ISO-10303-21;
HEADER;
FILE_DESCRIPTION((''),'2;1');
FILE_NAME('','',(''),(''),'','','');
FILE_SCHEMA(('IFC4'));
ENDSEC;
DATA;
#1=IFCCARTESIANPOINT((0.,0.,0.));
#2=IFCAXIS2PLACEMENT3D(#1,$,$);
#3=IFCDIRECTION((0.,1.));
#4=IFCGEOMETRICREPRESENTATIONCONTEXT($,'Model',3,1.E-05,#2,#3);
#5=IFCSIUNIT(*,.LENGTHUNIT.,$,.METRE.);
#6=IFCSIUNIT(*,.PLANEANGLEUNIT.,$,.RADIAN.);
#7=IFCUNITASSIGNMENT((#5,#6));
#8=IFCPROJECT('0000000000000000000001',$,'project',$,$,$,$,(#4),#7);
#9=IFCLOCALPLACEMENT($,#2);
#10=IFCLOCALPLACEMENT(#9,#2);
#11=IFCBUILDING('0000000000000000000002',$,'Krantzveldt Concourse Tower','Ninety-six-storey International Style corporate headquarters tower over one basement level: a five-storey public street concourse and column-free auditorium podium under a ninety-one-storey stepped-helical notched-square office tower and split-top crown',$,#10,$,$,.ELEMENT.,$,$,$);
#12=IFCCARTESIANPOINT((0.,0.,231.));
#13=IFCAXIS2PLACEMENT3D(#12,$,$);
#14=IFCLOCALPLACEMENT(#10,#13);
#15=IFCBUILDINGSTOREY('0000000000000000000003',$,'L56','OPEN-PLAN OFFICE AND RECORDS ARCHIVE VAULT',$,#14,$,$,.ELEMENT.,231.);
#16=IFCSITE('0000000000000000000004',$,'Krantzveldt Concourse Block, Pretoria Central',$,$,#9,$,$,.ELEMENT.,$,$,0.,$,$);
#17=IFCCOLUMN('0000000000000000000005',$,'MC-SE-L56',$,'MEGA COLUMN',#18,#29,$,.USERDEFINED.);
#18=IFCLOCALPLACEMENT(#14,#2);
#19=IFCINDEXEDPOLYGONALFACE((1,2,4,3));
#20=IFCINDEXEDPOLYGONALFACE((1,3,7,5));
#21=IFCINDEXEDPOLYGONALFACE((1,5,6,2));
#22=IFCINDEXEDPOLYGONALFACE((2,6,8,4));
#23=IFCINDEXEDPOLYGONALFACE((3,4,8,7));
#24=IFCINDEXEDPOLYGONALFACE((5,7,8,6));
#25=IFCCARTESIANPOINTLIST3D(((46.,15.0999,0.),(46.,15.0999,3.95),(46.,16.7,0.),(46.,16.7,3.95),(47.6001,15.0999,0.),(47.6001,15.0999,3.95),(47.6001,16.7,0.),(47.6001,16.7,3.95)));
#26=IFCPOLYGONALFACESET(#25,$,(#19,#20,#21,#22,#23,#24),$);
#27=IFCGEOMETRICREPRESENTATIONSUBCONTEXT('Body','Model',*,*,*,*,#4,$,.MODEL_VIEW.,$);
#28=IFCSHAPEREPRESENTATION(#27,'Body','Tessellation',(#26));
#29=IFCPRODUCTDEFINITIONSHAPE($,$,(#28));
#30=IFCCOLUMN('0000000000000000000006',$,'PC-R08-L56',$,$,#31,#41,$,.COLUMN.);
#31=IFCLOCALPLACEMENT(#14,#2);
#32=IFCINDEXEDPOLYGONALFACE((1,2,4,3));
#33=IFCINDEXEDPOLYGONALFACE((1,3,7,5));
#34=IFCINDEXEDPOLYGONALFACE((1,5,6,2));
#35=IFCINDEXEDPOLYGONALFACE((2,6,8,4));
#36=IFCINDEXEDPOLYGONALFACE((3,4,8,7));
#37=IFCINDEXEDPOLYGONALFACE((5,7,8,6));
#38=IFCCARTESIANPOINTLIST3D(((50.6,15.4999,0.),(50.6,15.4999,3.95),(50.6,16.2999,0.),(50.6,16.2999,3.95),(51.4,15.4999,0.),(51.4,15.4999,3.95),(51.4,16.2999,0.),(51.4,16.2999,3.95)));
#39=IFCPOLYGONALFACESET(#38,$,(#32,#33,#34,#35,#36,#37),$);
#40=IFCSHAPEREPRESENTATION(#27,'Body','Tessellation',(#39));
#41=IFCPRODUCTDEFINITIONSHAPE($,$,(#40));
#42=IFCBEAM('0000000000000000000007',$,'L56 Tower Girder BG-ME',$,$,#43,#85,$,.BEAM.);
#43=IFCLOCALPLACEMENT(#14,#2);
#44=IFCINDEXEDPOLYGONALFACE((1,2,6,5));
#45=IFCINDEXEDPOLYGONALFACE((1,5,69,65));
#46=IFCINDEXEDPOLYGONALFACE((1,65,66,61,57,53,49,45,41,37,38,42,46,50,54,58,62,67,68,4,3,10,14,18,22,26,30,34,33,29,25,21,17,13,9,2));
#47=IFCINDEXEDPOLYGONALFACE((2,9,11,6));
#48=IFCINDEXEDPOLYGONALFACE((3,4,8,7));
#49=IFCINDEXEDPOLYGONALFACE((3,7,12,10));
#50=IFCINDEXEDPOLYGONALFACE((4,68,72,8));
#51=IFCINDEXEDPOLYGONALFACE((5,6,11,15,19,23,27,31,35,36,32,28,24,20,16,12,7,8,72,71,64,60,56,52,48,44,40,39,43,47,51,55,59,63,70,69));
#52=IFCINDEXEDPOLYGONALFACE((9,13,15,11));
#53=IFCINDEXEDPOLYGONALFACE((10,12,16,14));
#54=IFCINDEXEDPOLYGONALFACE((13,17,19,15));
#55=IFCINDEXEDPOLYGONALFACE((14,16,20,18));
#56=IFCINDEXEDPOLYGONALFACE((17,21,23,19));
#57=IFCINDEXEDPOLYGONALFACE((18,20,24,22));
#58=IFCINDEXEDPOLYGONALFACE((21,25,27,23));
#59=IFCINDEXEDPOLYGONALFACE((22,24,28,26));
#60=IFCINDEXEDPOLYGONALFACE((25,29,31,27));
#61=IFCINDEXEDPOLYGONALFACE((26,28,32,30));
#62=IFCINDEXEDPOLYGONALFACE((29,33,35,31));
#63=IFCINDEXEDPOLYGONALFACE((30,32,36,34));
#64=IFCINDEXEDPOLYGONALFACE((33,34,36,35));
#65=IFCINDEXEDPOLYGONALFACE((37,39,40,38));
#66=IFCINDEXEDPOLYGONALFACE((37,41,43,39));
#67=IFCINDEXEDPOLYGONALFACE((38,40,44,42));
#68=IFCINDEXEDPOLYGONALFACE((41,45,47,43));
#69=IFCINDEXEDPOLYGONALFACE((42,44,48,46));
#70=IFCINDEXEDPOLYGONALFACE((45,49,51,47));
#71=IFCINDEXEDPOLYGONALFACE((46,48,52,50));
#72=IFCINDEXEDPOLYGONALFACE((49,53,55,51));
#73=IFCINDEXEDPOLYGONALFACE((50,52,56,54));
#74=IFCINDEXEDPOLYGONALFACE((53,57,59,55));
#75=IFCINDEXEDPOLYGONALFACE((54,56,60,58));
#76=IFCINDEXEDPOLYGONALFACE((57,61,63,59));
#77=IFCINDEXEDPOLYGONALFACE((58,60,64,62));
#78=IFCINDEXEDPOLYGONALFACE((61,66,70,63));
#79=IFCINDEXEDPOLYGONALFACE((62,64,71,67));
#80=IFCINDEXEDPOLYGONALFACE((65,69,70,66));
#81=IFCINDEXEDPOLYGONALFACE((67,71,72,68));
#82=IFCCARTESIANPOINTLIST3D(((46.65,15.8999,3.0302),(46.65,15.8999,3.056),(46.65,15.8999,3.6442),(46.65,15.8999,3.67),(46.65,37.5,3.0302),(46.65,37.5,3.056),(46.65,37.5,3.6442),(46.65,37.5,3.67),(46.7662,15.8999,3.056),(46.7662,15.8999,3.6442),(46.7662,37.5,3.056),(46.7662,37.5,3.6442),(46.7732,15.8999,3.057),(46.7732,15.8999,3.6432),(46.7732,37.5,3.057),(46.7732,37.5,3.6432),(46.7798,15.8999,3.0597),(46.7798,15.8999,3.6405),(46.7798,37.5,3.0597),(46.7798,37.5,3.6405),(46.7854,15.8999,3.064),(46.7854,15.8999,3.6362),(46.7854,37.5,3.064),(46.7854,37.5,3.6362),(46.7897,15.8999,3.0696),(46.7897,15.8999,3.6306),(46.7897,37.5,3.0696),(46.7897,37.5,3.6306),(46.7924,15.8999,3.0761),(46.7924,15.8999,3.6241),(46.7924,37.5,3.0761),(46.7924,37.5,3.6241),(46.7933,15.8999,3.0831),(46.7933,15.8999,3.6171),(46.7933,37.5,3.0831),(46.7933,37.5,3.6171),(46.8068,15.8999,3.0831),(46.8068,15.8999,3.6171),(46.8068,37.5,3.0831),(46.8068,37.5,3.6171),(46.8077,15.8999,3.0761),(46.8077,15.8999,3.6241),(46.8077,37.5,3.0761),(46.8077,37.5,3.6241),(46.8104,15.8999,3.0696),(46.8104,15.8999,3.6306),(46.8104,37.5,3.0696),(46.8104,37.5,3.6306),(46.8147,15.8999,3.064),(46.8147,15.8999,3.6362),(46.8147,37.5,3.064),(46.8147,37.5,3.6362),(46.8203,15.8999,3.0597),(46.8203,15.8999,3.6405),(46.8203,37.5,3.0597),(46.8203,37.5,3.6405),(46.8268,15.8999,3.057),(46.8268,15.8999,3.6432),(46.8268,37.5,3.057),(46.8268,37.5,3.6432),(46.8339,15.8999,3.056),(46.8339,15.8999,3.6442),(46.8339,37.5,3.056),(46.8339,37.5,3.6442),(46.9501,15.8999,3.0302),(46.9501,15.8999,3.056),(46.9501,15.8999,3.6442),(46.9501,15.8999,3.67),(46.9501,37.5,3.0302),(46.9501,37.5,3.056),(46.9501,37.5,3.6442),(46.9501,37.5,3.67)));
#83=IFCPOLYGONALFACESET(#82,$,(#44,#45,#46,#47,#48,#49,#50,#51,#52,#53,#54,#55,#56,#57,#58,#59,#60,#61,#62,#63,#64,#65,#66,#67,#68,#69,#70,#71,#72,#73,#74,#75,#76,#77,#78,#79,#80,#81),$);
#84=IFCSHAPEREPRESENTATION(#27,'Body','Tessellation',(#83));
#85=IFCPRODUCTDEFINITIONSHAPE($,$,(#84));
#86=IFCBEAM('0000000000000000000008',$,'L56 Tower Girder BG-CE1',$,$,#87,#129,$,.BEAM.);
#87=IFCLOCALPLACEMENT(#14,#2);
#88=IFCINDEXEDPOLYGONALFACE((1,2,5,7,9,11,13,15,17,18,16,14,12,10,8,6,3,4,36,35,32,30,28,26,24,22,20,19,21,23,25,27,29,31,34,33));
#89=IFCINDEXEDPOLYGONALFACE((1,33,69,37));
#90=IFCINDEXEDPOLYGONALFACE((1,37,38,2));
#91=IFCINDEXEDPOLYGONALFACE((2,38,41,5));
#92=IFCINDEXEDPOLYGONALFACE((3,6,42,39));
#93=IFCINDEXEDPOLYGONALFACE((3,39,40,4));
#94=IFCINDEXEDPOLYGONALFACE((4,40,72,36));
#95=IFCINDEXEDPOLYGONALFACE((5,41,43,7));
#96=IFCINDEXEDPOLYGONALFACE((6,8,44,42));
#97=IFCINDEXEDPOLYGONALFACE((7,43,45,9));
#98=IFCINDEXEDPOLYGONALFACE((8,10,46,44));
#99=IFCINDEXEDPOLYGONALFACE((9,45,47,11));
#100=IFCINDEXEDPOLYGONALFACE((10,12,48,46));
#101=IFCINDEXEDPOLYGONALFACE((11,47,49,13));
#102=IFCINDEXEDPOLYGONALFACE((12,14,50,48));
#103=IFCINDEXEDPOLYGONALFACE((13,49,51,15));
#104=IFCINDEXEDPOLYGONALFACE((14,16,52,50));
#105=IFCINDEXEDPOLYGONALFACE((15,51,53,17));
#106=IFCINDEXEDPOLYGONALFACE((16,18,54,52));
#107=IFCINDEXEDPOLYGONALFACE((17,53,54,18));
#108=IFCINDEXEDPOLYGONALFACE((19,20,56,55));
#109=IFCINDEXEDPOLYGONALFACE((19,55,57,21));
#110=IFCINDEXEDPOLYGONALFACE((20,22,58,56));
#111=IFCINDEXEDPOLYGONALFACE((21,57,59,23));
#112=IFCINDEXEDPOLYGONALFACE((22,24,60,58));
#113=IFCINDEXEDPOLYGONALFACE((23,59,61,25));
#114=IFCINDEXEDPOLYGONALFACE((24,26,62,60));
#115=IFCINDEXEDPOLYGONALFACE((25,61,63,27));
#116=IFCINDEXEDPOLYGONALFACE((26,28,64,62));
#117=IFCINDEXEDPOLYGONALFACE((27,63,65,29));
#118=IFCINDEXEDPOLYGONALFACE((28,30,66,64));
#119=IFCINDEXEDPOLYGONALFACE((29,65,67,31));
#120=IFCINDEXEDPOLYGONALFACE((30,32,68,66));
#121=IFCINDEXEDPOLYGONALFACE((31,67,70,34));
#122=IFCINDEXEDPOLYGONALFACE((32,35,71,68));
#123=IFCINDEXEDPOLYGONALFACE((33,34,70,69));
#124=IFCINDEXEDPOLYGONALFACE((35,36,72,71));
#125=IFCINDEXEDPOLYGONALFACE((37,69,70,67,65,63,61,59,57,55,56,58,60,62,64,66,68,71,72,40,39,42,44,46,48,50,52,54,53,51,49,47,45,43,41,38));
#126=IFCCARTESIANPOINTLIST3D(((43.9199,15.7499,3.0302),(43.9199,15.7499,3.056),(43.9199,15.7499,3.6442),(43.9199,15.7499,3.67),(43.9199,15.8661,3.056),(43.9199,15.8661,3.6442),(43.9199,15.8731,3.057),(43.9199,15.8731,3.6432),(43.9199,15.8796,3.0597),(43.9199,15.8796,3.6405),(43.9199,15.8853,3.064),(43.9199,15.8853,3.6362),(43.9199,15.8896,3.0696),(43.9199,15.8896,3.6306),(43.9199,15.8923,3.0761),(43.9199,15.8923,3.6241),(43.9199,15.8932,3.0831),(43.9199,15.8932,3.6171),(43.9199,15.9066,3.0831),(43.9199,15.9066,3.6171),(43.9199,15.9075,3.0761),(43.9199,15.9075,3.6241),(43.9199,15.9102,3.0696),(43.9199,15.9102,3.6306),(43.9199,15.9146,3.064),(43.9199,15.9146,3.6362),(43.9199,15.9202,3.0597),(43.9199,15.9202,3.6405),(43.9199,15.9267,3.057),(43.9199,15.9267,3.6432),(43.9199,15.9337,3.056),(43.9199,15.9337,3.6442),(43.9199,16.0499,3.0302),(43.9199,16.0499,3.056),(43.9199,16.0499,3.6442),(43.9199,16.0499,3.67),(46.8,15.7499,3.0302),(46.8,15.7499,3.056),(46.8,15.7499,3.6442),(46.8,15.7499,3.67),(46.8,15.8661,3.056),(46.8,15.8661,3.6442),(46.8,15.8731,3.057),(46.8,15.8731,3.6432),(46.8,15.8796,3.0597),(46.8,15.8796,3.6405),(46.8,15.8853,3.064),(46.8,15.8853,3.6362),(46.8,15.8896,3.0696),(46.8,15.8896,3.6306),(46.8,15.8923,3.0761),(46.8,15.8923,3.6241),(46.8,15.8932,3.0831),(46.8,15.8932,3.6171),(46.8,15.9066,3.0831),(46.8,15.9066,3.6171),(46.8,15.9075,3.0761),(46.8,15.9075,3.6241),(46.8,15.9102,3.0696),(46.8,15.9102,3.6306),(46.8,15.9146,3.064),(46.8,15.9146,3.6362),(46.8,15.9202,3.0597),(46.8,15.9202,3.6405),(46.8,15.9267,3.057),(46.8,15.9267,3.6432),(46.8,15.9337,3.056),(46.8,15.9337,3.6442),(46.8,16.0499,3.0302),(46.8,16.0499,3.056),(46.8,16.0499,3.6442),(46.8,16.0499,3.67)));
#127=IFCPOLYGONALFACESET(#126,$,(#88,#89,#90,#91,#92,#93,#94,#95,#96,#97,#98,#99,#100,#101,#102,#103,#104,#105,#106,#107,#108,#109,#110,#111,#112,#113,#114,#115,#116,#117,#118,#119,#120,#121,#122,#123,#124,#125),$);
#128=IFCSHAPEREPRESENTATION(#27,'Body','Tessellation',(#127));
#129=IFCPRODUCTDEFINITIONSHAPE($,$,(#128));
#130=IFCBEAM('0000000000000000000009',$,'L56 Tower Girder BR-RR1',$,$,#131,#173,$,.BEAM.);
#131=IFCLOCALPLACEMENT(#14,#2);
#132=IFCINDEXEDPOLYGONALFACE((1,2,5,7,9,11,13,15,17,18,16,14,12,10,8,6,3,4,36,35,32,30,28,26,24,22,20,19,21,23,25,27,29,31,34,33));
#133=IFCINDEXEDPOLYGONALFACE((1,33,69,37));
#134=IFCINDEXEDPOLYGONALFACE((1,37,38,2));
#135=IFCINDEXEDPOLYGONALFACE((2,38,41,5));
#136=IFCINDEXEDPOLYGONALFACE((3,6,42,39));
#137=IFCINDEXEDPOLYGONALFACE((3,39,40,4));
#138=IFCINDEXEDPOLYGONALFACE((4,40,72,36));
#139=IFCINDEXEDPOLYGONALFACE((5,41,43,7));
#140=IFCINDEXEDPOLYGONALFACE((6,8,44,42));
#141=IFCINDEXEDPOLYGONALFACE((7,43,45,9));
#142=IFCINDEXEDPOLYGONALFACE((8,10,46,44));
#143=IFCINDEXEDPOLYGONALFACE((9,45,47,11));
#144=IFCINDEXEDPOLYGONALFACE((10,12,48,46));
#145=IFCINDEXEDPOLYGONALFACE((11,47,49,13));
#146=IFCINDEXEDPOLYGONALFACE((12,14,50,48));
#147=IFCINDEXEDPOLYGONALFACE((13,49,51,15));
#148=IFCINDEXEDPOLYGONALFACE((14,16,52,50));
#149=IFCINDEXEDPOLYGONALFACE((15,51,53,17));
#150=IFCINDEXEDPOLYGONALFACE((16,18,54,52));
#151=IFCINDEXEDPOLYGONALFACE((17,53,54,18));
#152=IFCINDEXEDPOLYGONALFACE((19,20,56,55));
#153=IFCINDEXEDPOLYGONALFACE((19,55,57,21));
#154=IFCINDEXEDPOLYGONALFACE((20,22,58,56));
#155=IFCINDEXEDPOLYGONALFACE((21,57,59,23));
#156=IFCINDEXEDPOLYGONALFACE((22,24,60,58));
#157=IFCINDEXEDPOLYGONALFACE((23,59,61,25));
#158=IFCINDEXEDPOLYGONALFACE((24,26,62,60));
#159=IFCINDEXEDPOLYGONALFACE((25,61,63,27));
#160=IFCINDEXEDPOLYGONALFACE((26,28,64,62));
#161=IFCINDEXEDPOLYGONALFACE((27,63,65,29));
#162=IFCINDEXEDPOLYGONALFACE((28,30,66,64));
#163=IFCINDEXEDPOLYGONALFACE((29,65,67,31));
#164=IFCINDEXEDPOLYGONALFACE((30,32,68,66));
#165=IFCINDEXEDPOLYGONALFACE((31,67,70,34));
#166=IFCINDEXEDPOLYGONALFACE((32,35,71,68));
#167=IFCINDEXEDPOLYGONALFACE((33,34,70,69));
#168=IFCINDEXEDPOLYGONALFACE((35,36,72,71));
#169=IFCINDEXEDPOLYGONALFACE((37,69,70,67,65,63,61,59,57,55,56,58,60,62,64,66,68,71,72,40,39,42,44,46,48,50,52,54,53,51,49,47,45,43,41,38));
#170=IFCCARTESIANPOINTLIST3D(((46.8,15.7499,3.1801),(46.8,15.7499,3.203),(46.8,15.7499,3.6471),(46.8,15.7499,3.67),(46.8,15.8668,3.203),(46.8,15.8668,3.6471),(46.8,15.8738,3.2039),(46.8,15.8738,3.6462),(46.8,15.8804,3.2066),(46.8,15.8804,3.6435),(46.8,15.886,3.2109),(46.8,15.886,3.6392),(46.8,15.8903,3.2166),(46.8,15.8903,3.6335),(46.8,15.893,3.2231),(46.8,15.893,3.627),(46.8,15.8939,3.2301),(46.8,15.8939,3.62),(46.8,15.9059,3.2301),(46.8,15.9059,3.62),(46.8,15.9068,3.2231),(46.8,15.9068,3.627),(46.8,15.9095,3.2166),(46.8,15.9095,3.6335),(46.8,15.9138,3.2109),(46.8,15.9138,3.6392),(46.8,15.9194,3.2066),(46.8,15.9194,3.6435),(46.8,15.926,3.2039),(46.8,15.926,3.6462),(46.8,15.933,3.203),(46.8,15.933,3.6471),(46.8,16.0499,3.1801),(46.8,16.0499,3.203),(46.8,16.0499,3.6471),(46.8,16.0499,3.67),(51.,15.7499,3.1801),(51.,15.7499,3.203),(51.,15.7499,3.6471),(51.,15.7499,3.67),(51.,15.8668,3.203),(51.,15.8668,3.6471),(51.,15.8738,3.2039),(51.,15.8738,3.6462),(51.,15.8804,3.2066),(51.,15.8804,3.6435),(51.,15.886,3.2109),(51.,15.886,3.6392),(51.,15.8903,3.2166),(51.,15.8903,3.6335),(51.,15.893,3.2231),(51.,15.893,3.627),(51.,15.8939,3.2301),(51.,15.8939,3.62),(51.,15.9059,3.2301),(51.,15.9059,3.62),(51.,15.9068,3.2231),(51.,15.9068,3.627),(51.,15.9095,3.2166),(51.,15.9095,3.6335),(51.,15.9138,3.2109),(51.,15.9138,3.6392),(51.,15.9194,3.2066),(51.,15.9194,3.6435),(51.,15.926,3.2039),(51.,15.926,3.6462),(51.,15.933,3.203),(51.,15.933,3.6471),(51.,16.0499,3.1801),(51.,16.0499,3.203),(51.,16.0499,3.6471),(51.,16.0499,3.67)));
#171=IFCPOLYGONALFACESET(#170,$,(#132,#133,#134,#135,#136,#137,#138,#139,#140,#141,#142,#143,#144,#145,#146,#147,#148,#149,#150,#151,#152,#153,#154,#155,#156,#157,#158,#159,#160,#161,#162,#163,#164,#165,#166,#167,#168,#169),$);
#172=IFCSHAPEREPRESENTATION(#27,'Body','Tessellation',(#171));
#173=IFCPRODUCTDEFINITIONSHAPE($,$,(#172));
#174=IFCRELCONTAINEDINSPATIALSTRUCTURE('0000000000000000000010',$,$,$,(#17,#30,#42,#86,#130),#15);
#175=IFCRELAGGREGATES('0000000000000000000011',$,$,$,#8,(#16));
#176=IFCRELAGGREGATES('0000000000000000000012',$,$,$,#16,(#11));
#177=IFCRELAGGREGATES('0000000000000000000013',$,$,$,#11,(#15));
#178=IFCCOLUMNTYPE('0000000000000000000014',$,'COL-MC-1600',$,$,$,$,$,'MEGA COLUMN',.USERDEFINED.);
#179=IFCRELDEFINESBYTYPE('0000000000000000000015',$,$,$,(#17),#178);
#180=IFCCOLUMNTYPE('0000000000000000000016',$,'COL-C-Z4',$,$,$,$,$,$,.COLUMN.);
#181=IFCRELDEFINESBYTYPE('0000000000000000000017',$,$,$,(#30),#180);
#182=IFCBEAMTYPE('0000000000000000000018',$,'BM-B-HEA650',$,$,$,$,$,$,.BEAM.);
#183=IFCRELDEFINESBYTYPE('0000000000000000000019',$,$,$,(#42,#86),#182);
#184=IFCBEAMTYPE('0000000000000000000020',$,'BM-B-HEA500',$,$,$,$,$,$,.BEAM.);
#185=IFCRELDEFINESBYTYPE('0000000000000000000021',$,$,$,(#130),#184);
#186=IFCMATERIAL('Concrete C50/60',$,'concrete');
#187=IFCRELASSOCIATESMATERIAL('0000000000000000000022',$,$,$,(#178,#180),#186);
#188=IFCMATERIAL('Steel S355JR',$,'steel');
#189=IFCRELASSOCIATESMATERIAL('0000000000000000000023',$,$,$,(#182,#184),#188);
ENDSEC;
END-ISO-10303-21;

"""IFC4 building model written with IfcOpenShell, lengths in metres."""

from ifc_helpers import new_model, si_unit, direction, frame, origin, origin_2d, place, context, subcontext, project, spatial, rectangle, i_section, extrude, source, transform, mapped, material, material_profile, profile_set, type_object, type_shapes, element, save


model = new_model("IFC4")

# Units and contexts
model_context = context("Model", 3, precision=1e-05, world=origin(), true_north=direction((0.0, 1.0)))
body_context = subcontext(model_context, "Body", "Model", "MODEL_VIEW")
ifc_project = project(units=[si_unit("LENGTHUNIT", "METRE"), si_unit("PLANEANGLEUNIT", "RADIAN")], contexts=[model_context])

# Site, building, storey
site_placement = place(None, origin())
site = spatial("IfcSite", under=ifc_project, at=site_placement, Name="Krantzveldt Concourse Block, Pretoria Central", CompositionType="ELEMENT", RefElevation=0.0)
building_placement = place(site_placement, origin())
building = spatial("IfcBuilding", under=site, at=building_placement, Name="Krantzveldt Concourse Tower", Description="Ninety-six-storey International Style corporate headquarters tower over one basement level: a five-storey public street concourse and column-free auditorium podium under a ninety-one-storey stepped-helical notched-square office tower and split-top crown", CompositionType="ELEMENT")
storey_placement = place(building_placement, frame((0.0, 0.0, 231.0)))
storey = spatial("IfcBuildingStorey", under=building, at=storey_placement, Name="L56", Description="OPEN-PLAN OFFICE AND RECORDS ARCHIVE VAULT", CompositionType="ELEMENT", Elevation=231.0)

# Columns
ifc_material_1 = material(Name="Concrete C50/60", Category="concrete")
ifc_material_profile_1 = material_profile(ifc_material_1, rectangle(XDim=1.6001, YDim=1.6001, at=origin_2d()), Name="Concrete C50/60", Category="concrete")
ifc_profile_set_1 = profile_set([ifc_material_profile_1], Name="Concrete C50/60 - RC 1600x1600")
column_type_1 = type_object("IfcColumnType", Name="COL-MC-1600", ElementType="MEGA COLUMN", PredefinedType="USERDEFINED", material=ifc_profile_set_1)
shared_shape_1 = source(origin(), body_context, "Body", "SweptSolid", [
    extrude(rectangle(XDim=1.6001, YDim=1.6001, at=origin_2d()), origin(), (0.0, 0.0, 1.0), 3.95),
])
type_shapes(column_type_1, [shared_shape_1])
column_1_placement = place(storey_placement, frame((46.8, 15.8999, 0.0), z_axis=(0.0, 0.0, 1.0), x_axis=(1.0, 0.0, 0.0)))
element("IfcColumn", 1, at=column_1_placement, inside=storey, type_object=column_type_1, Name="MC-SE-L56", ObjectType="MEGA COLUMN", PredefinedType="USERDEFINED", context=body_context, shape_type="MappedRepresentation", body=[
    mapped(shared_shape_1, transform((0.0, 0.0, 0.0), x_axis=(1.0, 0.0, 0.0), y_axis=(0.0, 1.0, 0.0), z_axis=(0.0, 0.0, 1.0), scale=1.0)),
])
ifc_material_profile_2 = material_profile(ifc_material_1, rectangle(XDim=0.8, YDim=0.8, at=origin_2d()), Name="Concrete C50/60", Category="concrete")
ifc_profile_set_2 = profile_set([ifc_material_profile_2], Name="Concrete C50/60 - RC 800x800")
column_type_2 = type_object("IfcColumnType", Name="COL-C-Z4", PredefinedType="COLUMN", material=ifc_profile_set_2)
shared_shape_2 = source(origin(), body_context, "Body", "SweptSolid", [
    extrude(rectangle(XDim=0.8, YDim=0.8, at=origin_2d()), origin(), (0.0, 0.0, 1.0), 3.95),
])
type_shapes(column_type_2, [shared_shape_2])
column_2_placement = place(storey_placement, frame((51.0, 15.8999, 0.0), z_axis=(0.0, 0.0, 1.0), x_axis=(1.0, 0.0, 0.0)))
element("IfcColumn", 2, at=column_2_placement, inside=storey, type_object=column_type_2, Name="PC-R08-L56", PredefinedType="COLUMN", context=body_context, shape_type="MappedRepresentation", body=[
    mapped(shared_shape_2, transform((0.0, 0.0, 0.0), x_axis=(1.0, 0.0, 0.0), y_axis=(0.0, 1.0, 0.0), z_axis=(0.0, 0.0, 1.0), scale=1.0)),
])

# Beams
ifc_material_2 = material(Name="Steel S355JR", Category="steel")
ifc_material_profile_3 = material_profile(ifc_material_2, i_section(OverallWidth=0.3, OverallDepth=0.6399, WebThickness=0.0134, FlangeThickness=0.0259, FilletRadius=0.0271, at=origin_2d()), Name="Steel S355JR", Category="steel")
ifc_profile_set_3 = profile_set([ifc_material_profile_3], Name="Steel S355JR - HEA 650")
beam_type_1 = type_object("IfcBeamType", Name="BM-B-HEA650", PredefinedType="BEAM", material=ifc_profile_set_3)
shared_shape_3 = source(origin(), body_context, "Body", "SweptSolid", [
    extrude(i_section(OverallWidth=0.3, OverallDepth=0.6399, WebThickness=0.0134, FlangeThickness=0.0259, FilletRadius=0.0271, at=origin_2d()), origin(), (0.0, 0.0, 1.0), 21.6001),
])
beam_1_placement = place(storey_placement, frame((46.8, 15.8999, 3.3501), z_axis=(0.0, 1.0, 0.0), x_axis=(-1.0, 0.0, 0.0)))
element("IfcBeam", 3, at=beam_1_placement, inside=storey, type_object=beam_type_1, Name="L56 Tower Girder BG-ME", PredefinedType="BEAM", context=body_context, shape_type="MappedRepresentation", body=[
    mapped(shared_shape_3, transform((0.0, 0.0, 0.0), x_axis=(1.0, 0.0, 0.0), y_axis=(0.0, 1.0, 0.0), z_axis=(0.0, 0.0, 1.0), scale=1.0)),
])
shared_shape_4 = source(origin(), body_context, "Body", "SweptSolid", [
    extrude(i_section(OverallWidth=0.3, OverallDepth=0.6399, WebThickness=0.0134, FlangeThickness=0.0259, FilletRadius=0.0271, at=origin_2d()), origin(), (0.0, 0.0, 1.0), 2.8801),
])
type_shapes(beam_type_1, [shared_shape_3, shared_shape_4])
beam_2_placement = place(storey_placement, frame((43.9199, 15.8999, 3.3501), z_axis=(1.0, 0.0, 0.0), x_axis=(0.0, 1.0, 0.0)))
element("IfcBeam", 4, at=beam_2_placement, inside=storey, type_object=beam_type_1, Name="L56 Tower Girder BG-CE1", PredefinedType="BEAM", context=body_context, shape_type="MappedRepresentation", body=[
    mapped(shared_shape_4, transform((0.0, 0.0, 0.0), x_axis=(1.0, 0.0, 0.0), y_axis=(0.0, 1.0, 0.0), z_axis=(0.0, 0.0, 1.0), scale=1.0)),
])
ifc_material_profile_4 = material_profile(ifc_material_2, i_section(OverallWidth=0.3, OverallDepth=0.49, WebThickness=0.012, FlangeThickness=0.0229, FilletRadius=0.0271, at=origin_2d()), Name="Steel S355JR", Category="steel")
ifc_profile_set_4 = profile_set([ifc_material_profile_4], Name="Steel S355JR - HEA 500")
beam_type_2 = type_object("IfcBeamType", Name="BM-B-HEA500", PredefinedType="BEAM", material=ifc_profile_set_4)
shared_shape_5 = source(origin(), body_context, "Body", "SweptSolid", [
    extrude(i_section(OverallWidth=0.3, OverallDepth=0.49, WebThickness=0.012, FlangeThickness=0.0229, FilletRadius=0.0271, at=origin_2d()), origin(), (0.0, 0.0, 1.0), 4.2),
])
beam_3_placement = place(storey_placement, frame((46.8, 15.8999, 3.425), z_axis=(1.0, 0.0, 0.0), x_axis=(0.0, 1.0, 0.0)))
element("IfcBeam", 5, at=beam_3_placement, inside=storey, type_object=beam_type_2, Name="L56 Tower Girder BR-RR1", PredefinedType="BEAM", context=body_context, shape_type="MappedRepresentation", body=[
    mapped(shared_shape_5, transform((0.0, 0.0, 0.0), x_axis=(1.0, 0.0, 0.0), y_axis=(0.0, 1.0, 0.0), z_axis=(0.0, 0.0, 1.0), scale=1.0)),
])

save(model, "model.ifc")
